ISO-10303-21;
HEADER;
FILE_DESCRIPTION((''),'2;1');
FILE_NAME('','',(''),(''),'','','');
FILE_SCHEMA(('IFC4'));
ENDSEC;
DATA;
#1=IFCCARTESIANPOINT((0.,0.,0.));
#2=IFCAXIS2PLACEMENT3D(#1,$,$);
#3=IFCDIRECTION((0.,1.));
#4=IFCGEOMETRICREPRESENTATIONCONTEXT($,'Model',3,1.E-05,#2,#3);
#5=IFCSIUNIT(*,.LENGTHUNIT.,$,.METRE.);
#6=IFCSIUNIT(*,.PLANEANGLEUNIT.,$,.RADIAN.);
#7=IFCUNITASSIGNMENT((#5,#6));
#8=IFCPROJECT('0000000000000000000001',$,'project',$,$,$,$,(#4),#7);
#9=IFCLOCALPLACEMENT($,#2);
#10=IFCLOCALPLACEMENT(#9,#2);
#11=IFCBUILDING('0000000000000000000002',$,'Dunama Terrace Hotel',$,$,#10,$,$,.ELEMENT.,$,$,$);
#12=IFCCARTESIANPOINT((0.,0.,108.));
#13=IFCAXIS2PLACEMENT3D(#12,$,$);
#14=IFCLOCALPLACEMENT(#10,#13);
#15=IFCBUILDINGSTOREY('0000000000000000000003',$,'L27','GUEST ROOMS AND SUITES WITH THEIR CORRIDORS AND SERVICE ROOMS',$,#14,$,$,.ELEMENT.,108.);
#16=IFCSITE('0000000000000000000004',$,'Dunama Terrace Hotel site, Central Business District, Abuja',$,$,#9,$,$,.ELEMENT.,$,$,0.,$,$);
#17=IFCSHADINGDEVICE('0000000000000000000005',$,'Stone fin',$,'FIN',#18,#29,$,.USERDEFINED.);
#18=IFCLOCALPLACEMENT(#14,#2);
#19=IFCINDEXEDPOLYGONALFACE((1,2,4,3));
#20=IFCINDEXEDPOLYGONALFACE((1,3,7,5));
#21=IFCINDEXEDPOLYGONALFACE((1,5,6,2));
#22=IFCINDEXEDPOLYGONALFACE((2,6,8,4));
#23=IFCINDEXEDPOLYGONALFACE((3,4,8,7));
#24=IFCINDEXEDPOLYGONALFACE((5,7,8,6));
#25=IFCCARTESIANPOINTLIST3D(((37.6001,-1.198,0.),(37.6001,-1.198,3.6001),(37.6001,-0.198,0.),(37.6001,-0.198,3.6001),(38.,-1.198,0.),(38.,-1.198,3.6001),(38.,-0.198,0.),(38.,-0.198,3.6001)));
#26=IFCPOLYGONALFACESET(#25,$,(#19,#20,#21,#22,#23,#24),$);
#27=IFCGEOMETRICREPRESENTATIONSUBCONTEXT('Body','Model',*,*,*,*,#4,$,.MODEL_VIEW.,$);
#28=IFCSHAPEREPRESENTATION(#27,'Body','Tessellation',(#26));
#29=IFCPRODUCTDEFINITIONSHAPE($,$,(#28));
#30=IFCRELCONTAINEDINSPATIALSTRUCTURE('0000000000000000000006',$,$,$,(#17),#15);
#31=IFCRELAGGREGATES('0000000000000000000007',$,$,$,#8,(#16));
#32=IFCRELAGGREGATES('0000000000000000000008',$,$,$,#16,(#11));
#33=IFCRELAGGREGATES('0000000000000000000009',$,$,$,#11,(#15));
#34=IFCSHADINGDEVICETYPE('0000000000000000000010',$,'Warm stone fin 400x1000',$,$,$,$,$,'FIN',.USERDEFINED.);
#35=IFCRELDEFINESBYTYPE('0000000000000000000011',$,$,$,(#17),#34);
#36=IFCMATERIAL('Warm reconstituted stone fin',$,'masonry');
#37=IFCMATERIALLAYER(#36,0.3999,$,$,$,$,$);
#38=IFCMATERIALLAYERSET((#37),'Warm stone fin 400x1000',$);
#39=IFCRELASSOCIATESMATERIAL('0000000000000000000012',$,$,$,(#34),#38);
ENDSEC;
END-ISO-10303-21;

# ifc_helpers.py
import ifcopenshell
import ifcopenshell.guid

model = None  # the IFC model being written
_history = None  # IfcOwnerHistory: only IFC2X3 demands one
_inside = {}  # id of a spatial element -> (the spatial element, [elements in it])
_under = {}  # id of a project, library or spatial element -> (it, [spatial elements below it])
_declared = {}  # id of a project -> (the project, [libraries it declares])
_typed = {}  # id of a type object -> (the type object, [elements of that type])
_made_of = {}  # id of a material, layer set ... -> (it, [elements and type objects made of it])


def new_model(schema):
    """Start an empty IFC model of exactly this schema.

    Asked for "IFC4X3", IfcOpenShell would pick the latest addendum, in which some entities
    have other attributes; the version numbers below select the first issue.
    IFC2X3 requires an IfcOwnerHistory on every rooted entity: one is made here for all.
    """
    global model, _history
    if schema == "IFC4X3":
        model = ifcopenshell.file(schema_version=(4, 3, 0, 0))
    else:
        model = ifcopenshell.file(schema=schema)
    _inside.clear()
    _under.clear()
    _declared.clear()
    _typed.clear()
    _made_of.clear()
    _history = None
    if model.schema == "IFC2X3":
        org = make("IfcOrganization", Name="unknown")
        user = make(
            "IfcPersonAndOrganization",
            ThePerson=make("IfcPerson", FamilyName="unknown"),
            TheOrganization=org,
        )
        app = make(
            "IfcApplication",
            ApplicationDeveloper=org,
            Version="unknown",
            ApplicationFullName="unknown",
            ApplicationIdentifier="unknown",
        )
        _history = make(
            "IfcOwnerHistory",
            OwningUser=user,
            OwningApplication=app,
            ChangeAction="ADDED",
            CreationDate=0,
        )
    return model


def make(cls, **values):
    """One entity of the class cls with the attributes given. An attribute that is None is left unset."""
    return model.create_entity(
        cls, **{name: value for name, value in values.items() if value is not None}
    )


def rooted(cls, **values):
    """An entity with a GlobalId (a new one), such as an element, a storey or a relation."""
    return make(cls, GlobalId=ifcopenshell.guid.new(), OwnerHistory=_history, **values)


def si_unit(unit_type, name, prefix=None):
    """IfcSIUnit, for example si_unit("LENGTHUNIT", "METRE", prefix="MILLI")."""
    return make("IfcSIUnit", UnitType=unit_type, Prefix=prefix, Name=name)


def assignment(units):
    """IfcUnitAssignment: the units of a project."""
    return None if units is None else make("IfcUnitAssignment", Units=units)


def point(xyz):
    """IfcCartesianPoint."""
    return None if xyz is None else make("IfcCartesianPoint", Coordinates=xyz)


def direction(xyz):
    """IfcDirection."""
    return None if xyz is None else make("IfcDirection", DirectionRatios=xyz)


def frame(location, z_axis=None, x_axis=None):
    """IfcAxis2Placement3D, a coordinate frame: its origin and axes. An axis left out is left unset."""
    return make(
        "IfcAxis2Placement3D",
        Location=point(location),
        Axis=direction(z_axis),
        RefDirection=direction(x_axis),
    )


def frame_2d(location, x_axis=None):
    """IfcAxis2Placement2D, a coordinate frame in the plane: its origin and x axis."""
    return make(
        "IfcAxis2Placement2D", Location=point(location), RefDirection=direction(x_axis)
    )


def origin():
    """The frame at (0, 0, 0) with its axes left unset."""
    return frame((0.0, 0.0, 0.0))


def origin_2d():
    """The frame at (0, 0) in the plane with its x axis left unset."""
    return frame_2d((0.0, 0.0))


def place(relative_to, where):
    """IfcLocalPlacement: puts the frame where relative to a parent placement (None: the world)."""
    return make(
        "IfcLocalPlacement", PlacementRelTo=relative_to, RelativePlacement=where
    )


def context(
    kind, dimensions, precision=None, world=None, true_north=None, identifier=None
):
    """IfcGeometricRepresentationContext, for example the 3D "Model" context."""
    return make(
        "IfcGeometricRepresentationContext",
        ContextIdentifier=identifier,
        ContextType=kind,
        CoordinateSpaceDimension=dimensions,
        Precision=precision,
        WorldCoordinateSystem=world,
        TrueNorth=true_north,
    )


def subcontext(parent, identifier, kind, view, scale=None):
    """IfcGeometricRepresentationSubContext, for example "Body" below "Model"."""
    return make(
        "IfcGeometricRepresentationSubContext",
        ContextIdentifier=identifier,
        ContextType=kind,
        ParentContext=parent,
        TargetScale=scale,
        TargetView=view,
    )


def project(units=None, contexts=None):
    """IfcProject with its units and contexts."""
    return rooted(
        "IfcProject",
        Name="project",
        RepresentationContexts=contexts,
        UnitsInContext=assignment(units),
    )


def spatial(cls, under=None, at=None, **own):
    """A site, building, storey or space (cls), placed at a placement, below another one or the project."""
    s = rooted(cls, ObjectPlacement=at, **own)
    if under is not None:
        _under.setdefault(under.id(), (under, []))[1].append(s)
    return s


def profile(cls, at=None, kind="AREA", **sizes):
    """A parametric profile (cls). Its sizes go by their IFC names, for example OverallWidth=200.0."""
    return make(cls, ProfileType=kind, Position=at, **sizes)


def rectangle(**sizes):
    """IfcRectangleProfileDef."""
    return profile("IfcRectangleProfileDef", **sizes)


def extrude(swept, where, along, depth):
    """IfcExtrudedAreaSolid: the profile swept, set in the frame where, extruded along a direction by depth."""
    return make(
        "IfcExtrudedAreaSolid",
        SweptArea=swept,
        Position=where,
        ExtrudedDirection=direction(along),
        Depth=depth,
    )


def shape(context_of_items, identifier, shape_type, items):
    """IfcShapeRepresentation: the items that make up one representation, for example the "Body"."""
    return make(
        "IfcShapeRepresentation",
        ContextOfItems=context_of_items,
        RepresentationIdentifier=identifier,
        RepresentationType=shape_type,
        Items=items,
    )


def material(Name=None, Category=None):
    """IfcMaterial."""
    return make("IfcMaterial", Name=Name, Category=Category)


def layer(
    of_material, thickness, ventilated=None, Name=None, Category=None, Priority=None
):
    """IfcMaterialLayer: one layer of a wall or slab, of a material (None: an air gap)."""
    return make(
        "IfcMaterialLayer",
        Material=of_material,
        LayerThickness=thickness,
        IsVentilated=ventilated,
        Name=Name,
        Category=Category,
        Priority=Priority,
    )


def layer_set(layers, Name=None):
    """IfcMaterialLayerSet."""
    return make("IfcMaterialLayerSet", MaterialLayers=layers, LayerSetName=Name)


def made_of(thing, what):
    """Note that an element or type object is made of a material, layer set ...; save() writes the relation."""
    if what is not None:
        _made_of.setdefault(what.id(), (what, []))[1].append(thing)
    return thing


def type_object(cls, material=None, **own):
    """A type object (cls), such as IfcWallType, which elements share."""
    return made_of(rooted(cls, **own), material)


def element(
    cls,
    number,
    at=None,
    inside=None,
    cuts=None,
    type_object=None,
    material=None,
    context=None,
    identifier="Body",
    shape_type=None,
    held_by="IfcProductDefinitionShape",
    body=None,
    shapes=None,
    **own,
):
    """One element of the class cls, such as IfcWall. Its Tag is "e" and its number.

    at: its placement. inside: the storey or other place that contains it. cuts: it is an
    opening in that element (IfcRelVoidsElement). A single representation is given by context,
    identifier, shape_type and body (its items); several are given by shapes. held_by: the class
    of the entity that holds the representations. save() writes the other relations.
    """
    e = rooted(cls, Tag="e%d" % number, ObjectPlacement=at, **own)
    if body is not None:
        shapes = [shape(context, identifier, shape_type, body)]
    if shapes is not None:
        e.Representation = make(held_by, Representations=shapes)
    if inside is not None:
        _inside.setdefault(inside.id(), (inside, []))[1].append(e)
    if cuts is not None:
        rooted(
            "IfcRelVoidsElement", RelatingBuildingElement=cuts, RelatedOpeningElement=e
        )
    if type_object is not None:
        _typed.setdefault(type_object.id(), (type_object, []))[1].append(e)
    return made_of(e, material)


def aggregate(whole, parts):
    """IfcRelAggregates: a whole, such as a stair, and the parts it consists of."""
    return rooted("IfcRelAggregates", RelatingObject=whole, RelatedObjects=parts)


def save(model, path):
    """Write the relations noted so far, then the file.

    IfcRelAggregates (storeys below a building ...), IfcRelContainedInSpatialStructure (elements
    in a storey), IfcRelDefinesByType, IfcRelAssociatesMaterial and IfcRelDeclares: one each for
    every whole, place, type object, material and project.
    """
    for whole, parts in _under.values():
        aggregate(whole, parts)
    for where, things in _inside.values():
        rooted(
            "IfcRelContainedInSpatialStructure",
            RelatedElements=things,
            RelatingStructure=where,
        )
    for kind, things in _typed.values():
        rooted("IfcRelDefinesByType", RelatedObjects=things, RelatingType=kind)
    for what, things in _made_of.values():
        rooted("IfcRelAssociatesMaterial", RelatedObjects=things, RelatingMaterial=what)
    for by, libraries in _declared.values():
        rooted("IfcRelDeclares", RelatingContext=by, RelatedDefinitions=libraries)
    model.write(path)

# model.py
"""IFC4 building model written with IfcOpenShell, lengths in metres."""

from ifc_helpers import new_model, si_unit, direction, frame, origin, origin_2d, place, context, subcontext, project, spatial, rectangle, extrude, material, layer, layer_set, type_object, element, save


model = new_model("IFC4")

# Units and contexts
model_context = context("Model", 3, precision=1e-05, world=origin(), true_north=direction((0.0, 1.0)))
body_context = subcontext(model_context, "Body", "Model", "MODEL_VIEW")
ifc_project = project(units=[si_unit("LENGTHUNIT", "METRE"), si_unit("PLANEANGLEUNIT", "RADIAN")], contexts=[model_context])

# Site, building, storey
site_placement = place(None, origin())
site = spatial("IfcSite", under=ifc_project, at=site_placement, Name="Dunama Terrace Hotel site, Central Business District, Abuja", CompositionType="ELEMENT", RefElevation=0.0)
building_placement = place(site_placement, origin())
building = spatial("IfcBuilding", under=site, at=building_placement, Name="Dunama Terrace Hotel", CompositionType="ELEMENT")
storey_placement = place(building_placement, frame((0.0, 0.0, 108.0)))
storey = spatial("IfcBuildingStorey", under=building, at=storey_placement, Name="L27", Description="GUEST ROOMS AND SUITES WITH THEIR CORRIDORS AND SERVICE ROOMS", CompositionType="ELEMENT", Elevation=108.0)

# Shading device
ifc_material_1 = material(Name="Warm reconstituted stone fin", Category="masonry")
ifc_layer_1 = layer(ifc_material_1, 0.3999)
ifc_layer_set_1 = layer_set([ifc_layer_1], Name="Warm stone fin 400x1000")
shading_device_type = type_object("IfcShadingDeviceType", Name="Warm stone fin 400x1000", ElementType="FIN", PredefinedType="USERDEFINED", material=ifc_layer_set_1)
shading_device_placement = place(storey_placement, frame((37.8, -0.698, 0.0), z_axis=(0.0, 0.0, 1.0), x_axis=(1.0, 0.0, 0.0)))
element("IfcShadingDevice", 1, at=shading_device_placement, inside=storey, type_object=shading_device_type, Name="Stone fin", ObjectType="FIN", PredefinedType="USERDEFINED", context=body_context, shape_type="SweptSolid", body=[
    extrude(rectangle(XDim=0.3999, YDim=1.0, at=origin_2d()), origin(), (0.0, 0.0, 1.0), 3.6001),
])

save(model, "model.ifc")
